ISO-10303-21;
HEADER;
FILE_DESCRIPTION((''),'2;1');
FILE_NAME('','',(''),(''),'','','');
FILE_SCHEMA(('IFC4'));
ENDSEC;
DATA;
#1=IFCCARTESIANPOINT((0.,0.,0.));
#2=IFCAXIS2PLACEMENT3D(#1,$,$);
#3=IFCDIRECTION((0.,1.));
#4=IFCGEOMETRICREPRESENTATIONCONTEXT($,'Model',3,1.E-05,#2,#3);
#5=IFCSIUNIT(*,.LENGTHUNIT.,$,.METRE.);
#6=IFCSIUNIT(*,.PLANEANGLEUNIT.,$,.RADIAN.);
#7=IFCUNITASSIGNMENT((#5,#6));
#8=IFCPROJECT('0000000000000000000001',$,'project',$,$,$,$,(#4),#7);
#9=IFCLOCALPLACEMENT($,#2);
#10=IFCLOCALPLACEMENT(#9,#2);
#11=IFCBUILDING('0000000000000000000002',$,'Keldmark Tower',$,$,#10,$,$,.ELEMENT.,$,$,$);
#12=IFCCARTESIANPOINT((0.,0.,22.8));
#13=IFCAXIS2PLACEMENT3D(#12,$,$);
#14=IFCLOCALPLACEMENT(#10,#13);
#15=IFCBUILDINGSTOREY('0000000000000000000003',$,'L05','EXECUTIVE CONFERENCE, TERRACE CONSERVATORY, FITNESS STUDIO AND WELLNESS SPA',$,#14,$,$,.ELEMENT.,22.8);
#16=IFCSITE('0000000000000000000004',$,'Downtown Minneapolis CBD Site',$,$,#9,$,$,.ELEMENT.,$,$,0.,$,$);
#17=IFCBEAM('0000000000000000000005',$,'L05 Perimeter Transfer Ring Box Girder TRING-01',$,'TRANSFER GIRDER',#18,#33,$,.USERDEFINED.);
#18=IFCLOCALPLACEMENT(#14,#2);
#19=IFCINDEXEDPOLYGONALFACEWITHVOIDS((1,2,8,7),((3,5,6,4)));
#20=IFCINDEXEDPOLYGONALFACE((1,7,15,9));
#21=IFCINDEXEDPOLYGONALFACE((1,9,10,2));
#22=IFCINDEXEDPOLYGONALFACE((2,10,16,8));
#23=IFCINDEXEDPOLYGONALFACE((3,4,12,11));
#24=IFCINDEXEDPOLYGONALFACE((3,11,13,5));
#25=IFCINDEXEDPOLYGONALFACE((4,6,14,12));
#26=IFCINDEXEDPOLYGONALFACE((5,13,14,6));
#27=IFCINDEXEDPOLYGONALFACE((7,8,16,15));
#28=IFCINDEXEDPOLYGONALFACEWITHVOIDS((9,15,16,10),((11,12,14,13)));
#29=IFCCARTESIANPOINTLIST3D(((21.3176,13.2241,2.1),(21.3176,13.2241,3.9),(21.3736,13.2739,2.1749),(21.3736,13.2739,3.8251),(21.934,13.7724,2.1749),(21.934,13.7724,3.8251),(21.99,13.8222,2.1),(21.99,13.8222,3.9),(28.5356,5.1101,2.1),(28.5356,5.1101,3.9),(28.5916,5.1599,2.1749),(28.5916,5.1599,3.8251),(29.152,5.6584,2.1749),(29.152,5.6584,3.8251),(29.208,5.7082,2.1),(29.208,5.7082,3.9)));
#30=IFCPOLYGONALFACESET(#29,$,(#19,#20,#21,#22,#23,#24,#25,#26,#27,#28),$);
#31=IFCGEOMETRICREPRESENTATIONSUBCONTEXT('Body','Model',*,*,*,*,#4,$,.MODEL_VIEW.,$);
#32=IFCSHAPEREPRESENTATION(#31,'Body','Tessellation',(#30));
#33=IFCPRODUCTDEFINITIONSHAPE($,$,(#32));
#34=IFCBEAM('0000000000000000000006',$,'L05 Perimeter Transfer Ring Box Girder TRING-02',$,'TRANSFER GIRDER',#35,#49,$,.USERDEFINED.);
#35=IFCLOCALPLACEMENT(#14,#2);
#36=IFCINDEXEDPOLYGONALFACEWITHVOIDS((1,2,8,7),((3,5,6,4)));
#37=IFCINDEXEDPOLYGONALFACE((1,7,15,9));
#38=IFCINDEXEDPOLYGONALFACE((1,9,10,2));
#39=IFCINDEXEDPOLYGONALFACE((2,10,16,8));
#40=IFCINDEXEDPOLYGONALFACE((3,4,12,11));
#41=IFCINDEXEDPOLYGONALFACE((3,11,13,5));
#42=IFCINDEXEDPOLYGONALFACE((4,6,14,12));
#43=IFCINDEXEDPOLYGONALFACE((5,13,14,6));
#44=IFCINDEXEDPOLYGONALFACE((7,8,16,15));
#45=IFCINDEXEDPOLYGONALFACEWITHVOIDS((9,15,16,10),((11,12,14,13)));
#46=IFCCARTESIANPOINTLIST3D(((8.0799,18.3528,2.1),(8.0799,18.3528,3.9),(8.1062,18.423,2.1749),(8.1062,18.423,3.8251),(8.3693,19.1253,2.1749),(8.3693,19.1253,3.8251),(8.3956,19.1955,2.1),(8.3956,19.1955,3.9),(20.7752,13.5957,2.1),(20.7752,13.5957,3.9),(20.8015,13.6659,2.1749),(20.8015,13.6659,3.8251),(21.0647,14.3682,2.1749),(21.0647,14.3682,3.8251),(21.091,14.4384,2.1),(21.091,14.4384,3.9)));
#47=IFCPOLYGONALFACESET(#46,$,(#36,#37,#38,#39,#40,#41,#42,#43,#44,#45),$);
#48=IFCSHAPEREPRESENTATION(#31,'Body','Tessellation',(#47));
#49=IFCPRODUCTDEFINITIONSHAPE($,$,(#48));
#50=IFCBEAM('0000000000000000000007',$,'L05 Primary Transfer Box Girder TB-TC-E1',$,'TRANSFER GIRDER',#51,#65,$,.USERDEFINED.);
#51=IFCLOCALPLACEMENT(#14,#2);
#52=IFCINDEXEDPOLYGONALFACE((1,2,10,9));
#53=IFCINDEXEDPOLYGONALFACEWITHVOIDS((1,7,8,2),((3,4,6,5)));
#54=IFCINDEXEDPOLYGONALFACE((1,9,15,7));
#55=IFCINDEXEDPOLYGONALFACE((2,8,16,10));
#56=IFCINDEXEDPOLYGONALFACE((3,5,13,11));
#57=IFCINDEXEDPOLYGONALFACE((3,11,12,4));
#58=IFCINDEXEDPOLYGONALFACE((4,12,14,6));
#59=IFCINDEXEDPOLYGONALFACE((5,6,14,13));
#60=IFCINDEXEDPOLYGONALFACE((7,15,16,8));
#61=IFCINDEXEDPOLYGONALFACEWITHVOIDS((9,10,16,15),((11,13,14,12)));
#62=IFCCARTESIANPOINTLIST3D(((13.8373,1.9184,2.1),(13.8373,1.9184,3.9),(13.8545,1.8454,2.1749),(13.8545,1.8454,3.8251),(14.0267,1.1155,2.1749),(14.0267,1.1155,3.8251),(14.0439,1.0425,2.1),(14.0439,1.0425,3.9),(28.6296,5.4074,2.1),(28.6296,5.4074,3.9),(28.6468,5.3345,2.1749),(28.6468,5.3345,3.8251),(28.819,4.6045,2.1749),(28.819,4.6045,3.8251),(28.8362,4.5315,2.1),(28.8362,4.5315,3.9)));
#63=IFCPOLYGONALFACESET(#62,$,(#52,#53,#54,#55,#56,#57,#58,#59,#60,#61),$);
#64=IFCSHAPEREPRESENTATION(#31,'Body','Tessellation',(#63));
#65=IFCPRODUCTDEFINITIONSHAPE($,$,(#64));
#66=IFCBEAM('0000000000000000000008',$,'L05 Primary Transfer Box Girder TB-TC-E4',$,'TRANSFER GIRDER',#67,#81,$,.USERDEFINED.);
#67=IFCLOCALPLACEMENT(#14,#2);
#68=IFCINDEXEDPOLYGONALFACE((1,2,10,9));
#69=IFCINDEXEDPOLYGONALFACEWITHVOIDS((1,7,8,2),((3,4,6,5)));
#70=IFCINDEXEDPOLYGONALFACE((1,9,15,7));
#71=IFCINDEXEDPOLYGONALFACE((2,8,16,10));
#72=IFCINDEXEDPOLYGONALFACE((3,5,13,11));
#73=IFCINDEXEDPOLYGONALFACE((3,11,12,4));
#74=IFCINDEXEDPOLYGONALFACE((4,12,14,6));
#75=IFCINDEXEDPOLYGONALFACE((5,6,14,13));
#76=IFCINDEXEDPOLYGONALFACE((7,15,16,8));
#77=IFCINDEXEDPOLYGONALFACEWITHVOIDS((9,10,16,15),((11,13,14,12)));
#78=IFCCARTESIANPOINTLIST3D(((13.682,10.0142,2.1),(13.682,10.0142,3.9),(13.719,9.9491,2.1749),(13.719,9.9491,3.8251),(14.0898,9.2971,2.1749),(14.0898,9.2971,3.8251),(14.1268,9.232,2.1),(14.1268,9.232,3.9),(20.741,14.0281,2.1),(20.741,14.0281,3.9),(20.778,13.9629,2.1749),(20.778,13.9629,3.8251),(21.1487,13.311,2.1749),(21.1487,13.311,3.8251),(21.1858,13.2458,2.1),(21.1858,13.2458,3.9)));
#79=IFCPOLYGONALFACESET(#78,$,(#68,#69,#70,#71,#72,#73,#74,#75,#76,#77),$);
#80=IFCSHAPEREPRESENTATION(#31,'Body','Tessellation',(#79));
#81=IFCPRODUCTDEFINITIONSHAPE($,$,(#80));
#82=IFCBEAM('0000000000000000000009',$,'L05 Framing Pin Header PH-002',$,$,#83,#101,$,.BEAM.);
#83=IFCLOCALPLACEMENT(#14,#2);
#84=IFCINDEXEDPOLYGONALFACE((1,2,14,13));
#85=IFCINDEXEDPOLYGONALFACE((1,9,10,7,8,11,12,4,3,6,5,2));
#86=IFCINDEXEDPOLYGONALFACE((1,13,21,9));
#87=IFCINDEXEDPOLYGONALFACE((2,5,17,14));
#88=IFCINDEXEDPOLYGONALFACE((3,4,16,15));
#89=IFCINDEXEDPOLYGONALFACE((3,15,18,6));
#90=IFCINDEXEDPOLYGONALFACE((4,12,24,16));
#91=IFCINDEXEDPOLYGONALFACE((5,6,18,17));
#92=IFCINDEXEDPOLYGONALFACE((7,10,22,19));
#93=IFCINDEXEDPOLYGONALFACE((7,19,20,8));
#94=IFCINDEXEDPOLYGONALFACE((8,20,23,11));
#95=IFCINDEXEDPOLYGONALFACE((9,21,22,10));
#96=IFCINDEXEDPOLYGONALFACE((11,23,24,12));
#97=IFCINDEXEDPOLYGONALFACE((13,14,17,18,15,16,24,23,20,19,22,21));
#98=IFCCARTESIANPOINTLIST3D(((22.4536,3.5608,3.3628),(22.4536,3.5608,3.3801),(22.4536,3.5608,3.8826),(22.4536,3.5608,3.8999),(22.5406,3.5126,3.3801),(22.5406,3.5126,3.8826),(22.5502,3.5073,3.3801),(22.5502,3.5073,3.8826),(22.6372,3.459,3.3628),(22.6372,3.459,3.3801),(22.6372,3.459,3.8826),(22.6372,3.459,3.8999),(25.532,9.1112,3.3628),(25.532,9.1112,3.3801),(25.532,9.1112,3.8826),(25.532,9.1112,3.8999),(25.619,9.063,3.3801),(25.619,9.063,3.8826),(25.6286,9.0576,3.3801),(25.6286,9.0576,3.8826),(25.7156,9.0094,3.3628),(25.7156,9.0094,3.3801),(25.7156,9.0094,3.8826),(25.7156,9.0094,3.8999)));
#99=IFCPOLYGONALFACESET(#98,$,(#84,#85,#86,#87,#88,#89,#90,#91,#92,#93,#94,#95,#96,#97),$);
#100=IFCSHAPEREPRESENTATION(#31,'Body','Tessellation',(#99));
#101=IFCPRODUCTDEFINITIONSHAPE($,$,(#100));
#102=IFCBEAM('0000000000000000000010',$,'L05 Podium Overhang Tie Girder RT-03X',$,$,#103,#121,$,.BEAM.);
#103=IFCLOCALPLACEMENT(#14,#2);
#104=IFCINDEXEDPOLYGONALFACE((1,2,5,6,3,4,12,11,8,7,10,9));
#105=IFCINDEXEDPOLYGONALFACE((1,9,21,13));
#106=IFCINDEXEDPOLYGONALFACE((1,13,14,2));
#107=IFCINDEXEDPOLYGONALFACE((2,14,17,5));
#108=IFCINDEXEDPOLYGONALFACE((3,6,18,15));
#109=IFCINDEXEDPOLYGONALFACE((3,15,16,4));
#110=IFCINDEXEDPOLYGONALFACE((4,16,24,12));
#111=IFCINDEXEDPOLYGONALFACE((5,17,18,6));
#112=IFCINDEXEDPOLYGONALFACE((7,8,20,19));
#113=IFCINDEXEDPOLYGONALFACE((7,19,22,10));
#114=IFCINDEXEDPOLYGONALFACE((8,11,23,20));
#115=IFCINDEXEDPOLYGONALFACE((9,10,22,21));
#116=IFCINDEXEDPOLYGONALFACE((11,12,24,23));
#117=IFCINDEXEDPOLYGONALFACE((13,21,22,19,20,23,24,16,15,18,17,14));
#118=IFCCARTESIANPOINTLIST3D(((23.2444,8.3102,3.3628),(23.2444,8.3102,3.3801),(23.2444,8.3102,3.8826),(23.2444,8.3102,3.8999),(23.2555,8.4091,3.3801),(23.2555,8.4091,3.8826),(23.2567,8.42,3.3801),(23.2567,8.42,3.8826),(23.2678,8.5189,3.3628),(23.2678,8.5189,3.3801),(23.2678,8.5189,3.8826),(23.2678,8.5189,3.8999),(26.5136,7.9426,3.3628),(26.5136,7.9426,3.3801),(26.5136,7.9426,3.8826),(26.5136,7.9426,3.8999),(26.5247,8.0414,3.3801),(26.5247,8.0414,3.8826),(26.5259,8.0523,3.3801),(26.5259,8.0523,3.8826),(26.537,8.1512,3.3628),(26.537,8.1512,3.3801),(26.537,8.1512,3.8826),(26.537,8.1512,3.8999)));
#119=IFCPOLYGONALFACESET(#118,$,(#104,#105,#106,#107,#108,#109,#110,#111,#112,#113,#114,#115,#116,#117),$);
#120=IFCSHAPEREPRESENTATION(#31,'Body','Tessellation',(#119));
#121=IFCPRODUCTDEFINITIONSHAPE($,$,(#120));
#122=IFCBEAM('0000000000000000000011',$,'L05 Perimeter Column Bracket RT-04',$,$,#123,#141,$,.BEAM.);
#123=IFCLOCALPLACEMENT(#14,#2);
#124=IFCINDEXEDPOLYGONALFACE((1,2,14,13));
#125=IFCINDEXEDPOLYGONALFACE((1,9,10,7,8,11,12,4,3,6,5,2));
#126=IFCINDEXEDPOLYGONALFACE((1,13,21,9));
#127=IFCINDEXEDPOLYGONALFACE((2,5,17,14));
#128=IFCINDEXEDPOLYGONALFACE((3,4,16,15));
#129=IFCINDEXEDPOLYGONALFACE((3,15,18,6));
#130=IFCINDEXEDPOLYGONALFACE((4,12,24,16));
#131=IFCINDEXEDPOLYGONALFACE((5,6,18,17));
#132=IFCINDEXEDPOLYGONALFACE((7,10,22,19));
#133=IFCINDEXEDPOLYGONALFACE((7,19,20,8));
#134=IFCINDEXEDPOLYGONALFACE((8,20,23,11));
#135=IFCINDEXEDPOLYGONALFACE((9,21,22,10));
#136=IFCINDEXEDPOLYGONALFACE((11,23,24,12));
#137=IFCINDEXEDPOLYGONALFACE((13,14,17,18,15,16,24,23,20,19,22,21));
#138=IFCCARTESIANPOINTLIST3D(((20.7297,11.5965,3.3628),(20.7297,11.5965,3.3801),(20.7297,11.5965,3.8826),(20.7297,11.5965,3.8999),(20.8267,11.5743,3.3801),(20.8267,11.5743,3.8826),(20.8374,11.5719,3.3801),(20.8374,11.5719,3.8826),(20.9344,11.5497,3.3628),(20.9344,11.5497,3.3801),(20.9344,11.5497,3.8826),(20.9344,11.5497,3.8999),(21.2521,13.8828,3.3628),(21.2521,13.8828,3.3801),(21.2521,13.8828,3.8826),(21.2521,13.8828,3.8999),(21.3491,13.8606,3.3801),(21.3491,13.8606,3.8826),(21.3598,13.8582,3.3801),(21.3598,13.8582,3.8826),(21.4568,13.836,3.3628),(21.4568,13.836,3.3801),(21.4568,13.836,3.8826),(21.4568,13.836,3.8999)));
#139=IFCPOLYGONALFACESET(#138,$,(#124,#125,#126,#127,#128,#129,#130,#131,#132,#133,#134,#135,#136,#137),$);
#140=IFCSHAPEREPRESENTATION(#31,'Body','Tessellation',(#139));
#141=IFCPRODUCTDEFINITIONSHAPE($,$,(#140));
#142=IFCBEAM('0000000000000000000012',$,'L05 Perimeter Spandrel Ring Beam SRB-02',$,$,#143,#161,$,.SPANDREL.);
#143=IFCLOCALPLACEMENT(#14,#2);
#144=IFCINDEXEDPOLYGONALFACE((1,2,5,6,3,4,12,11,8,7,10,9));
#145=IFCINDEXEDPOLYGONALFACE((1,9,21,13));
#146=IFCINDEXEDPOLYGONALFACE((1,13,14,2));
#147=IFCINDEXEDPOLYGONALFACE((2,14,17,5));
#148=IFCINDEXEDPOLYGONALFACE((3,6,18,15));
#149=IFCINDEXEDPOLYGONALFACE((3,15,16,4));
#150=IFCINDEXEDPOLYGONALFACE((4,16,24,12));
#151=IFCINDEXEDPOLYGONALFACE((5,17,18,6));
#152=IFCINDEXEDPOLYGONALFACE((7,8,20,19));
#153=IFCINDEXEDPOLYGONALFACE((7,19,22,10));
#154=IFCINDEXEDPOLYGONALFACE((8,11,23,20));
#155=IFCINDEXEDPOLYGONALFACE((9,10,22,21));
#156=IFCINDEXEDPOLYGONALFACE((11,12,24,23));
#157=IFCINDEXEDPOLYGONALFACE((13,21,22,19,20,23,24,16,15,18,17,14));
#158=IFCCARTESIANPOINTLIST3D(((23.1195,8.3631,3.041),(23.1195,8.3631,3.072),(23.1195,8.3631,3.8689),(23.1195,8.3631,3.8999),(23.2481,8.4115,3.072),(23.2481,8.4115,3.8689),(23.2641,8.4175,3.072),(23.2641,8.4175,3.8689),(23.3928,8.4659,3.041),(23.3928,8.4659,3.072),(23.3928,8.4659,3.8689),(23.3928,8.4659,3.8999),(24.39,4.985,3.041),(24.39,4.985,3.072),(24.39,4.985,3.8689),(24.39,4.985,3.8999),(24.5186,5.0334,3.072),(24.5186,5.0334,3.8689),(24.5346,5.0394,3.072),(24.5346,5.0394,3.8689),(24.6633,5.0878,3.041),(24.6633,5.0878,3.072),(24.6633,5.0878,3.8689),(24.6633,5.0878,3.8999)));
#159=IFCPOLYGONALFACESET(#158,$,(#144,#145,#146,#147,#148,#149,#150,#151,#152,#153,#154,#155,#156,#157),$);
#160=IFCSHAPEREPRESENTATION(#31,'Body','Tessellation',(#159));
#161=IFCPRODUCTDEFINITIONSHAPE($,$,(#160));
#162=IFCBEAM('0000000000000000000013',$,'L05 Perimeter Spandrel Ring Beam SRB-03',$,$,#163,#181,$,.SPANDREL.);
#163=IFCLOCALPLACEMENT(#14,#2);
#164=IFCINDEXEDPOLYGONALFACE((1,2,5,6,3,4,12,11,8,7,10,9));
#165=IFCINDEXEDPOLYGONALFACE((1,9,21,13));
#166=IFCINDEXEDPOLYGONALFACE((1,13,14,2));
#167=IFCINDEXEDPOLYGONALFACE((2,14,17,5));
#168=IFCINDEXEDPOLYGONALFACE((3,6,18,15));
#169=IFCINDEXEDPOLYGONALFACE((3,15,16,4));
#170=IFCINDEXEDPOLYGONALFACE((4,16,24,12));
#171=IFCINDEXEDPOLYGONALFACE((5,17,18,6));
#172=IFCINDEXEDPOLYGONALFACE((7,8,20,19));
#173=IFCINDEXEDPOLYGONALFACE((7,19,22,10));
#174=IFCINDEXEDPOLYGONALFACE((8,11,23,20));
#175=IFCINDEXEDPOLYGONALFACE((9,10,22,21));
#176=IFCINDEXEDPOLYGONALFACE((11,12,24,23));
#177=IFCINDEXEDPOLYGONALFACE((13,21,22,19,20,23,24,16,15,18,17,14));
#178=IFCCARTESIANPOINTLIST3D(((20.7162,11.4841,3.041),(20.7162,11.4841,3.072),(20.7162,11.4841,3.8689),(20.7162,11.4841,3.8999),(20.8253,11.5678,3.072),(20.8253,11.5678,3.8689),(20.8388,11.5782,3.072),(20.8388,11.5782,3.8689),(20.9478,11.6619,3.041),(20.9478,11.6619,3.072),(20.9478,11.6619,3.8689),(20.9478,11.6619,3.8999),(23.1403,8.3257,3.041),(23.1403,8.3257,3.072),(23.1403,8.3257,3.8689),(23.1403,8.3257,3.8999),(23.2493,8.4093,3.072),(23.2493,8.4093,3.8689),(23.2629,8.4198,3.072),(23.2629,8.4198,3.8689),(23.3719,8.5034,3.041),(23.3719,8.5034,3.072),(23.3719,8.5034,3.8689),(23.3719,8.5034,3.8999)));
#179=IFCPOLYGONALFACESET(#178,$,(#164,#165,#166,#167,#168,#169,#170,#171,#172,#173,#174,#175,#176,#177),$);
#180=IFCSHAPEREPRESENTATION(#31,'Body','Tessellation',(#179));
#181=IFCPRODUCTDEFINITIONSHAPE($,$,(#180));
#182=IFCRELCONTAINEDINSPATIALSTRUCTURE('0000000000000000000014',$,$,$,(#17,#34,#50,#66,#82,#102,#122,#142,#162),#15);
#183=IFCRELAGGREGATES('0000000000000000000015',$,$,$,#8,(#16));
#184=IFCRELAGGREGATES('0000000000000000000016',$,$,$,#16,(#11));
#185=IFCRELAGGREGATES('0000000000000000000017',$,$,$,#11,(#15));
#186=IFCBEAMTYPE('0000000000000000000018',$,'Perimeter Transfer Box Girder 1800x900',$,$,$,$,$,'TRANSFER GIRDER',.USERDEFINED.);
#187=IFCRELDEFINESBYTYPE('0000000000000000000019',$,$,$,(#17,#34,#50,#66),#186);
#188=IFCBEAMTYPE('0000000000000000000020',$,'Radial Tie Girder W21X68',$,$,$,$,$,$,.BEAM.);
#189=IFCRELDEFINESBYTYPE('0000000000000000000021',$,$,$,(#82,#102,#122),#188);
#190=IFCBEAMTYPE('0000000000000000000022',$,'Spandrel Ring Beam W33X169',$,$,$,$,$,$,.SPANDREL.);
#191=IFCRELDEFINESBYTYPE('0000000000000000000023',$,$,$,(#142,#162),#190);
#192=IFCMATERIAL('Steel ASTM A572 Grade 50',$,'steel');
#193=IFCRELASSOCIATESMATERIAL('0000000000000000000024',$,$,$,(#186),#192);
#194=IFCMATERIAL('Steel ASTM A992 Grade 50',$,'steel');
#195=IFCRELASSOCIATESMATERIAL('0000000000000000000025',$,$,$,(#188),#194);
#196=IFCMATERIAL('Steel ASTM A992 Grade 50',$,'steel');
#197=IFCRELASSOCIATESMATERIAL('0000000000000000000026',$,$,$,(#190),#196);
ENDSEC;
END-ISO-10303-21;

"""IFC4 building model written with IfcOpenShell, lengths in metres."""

from ifc_helpers import new_model, si_unit, direction, frame, origin, origin_2d, place, context, subcontext, project, spatial, hollow_rectangle, i_section, extrude, material, material_profile, profile_set, type_object, element, save


model = new_model("IFC4")

# Units and contexts
model_context = context("Model", 3, precision=1e-05, world=origin(), true_north=direction((0.0, 1.0)))
body_context = subcontext(model_context, "Body", "Model", "MODEL_VIEW")
ifc_project = project(units=[si_unit("LENGTHUNIT", "METRE"), si_unit("PLANEANGLEUNIT", "RADIAN")], contexts=[model_context])

# Site, building, storey
site_placement = place(None, origin())
site = spatial("IfcSite", under=ifc_project, at=site_placement, Name="Downtown Minneapolis CBD Site", CompositionType="ELEMENT", RefElevation=0.0)
building_placement = place(site_placement, origin())
building = spatial("IfcBuilding", under=site, at=building_placement, Name="Keldmark Tower", CompositionType="ELEMENT")
storey_placement = place(building_placement, frame((0.0, 0.0, 22.8)))
storey = spatial("IfcBuildingStorey", under=building, at=storey_placement, Name="L05", Description="EXECUTIVE CONFERENCE, TERRACE CONSERVATORY, FITNESS STUDIO AND WELLNESS SPA", CompositionType="ELEMENT", Elevation=22.8)

# Beams
ifc_material_1 = material(Name="Steel ASTM A572 Grade 50", Category="steel")
ifc_material_profile_1 = material_profile(ifc_material_1, hollow_rectangle(XDim=0.8999, YDim=1.8, WallThickness=0.075, at=origin_2d()), Name="TBOX1800X900X75")
ifc_profile_set_1 = profile_set([ifc_material_profile_1], Name="Steel ASTM A572 Grade 50")
beam_type_1 = type_object("IfcBeamType", Name="Perimeter Transfer Box Girder 1800x900", ElementType="TRANSFER GIRDER", PredefinedType="USERDEFINED", material=ifc_profile_set_1)
beam_1_placement = place(storey_placement, frame((28.8718, 5.4092, 3.0), z_axis=(-0.66465, 0.747155, 0.0), x_axis=(-0.747155, -0.66465, 0.0)))
element("IfcBeam", 1, at=beam_1_placement, inside=storey, type_object=beam_type_1, Name="L05 Perimeter Transfer Ring Box Girder TRING-01", ObjectType="TRANSFER GIRDER", PredefinedType="USERDEFINED", context=body_context, shape_type="SweptSolid", body=[
    extrude(hollow_rectangle(XDim=0.8999, YDim=1.8, WallThickness=0.075, at=origin_2d()), origin(), (0.0, 0.0, 1.0), 10.8599),
])
beam_2_placement = place(storey_placement, frame((20.9331, 14.0171, 3.0), z_axis=(-0.936418, 0.350887, 0.0), x_axis=(-0.350887, -0.936418, 0.0)))
element("IfcBeam", 2, at=beam_2_placement, inside=storey, type_object=beam_type_1, Name="L05 Perimeter Transfer Ring Box Girder TRING-02", ObjectType="TRANSFER GIRDER", PredefinedType="USERDEFINED", context=body_context, shape_type="SweptSolid", body=[
    extrude(hollow_rectangle(XDim=0.8999, YDim=1.8, WallThickness=0.075, at=origin_2d()), origin(), (0.0, 0.0, 1.0), 13.5574),
])
beam_3_placement = place(storey_placement, frame((28.7329, 4.9695, 3.0), z_axis=(-0.973293, -0.229568, 0.0), x_axis=(0.229568, -0.973293, 0.0)))
element("IfcBeam", 3, at=beam_3_placement, inside=storey, type_object=beam_type_1, Name="L05 Primary Transfer Box Girder TB-TC-E1", ObjectType="TRANSFER GIRDER", PredefinedType="USERDEFINED", context=body_context, shape_type="SweptSolid", body=[
    extrude(hollow_rectangle(XDim=0.8999, YDim=1.8, WallThickness=0.075, at=origin_2d()), origin(), (0.0, 0.0, 1.0), 15.1982),
])
beam_4_placement = place(storey_placement, frame((20.9634, 13.637, 3.0), z_axis=(-0.869294, -0.494296, 0.0), x_axis=(0.494296, -0.869294, 0.0)))
element("IfcBeam", 4, at=beam_4_placement, inside=storey, type_object=beam_type_1, Name="L05 Primary Transfer Box Girder TB-TC-E4", ObjectType="TRANSFER GIRDER", PredefinedType="USERDEFINED", context=body_context, shape_type="SweptSolid", body=[
    extrude(hollow_rectangle(XDim=0.8999, YDim=1.8, WallThickness=0.075, at=origin_2d()), origin(), (0.0, 0.0, 1.0), 8.1204),
])
ifc_material_2 = material(Name="Steel ASTM A992 Grade 50", Category="steel")
ifc_material_profile_2 = material_profile(ifc_material_2, i_section(OverallWidth=0.21, OverallDepth=0.5371, WebThickness=0.011, FlangeThickness=0.0173, at=origin_2d()), Name="W21X68")
ifc_profile_set_2 = profile_set([ifc_material_profile_2], Name="Steel ASTM A992 Grade 50")
beam_type_2 = type_object("IfcBeamType", Name="Radial Tie Girder W21X68", PredefinedType="BEAM", material=ifc_profile_set_2)
beam_5_placement = place(storey_placement, frame((25.6238, 9.0603, 3.6313), z_axis=(-0.485026, -0.8745, 0.0), x_axis=(0.8745, -0.485026, 0.0)))
element("IfcBeam", 5, at=beam_5_placement, inside=storey, type_object=beam_type_2, Name="L05 Framing Pin Header PH-002", PredefinedType="BEAM", context=body_context, shape_type="SweptSolid", body=[
    extrude(i_section(OverallWidth=0.21, OverallDepth=0.5371, WebThickness=0.011, FlangeThickness=0.0173, at=origin_2d()), origin(), (0.0, 0.0, 1.0), 6.3469),
])
beam_6_placement = place(storey_placement, frame((23.2561, 8.4146, 3.6313), z_axis=(0.993735, -0.111759, 0.0), x_axis=(0.111759, 0.993735, 0.0)))
element("IfcBeam", 6, at=beam_6_placement, inside=storey, type_object=beam_type_2, Name="L05 Podium Overhang Tie Girder RT-03X", PredefinedType="BEAM", context=body_context, shape_type="SweptSolid", body=[
    extrude(i_section(OverallWidth=0.21, OverallDepth=0.5371, WebThickness=0.011, FlangeThickness=0.0173, at=origin_2d()), origin(), (0.0, 0.0, 1.0), 3.2898),
])
beam_7_placement = place(storey_placement, frame((21.3545, 13.8594, 3.6313), z_axis=(-0.222768, -0.974871, 0.0), x_axis=(0.974871, -0.222768, 0.0)))
element("IfcBeam", 7, at=beam_7_placement, inside=storey, type_object=beam_type_2, Name="L05 Perimeter Column Bracket RT-04", PredefinedType="BEAM", context=body_context, shape_type="SweptSolid", body=[
    extrude(i_section(OverallWidth=0.21, OverallDepth=0.5371, WebThickness=0.011, FlangeThickness=0.0173, at=origin_2d()), origin(), (0.0, 0.0, 1.0), 2.3452),
])
ifc_material_3 = material(Name="Steel ASTM A992 Grade 50", Category="steel")
ifc_material_profile_3 = material_profile(ifc_material_3, i_section(OverallWidth=0.292, OverallDepth=0.8589, WebThickness=0.0171, FlangeThickness=0.031, at=origin_2d()), Name="W33X169")
ifc_profile_set_3 = profile_set([ifc_material_profile_3], Name="Steel ASTM A992 Grade 50")
beam_type_3 = type_object("IfcBeamType", Name="Spandrel Ring Beam W33X169", PredefinedType="SPANDREL", material=ifc_profile_set_3)
beam_8_placement = place(storey_placement, frame((24.5266, 5.0364, 3.4705), z_axis=(-0.35202, 0.935992, 0.0), x_axis=(-0.935992, -0.35202, 0.0)))
element("IfcBeam", 8, at=beam_8_placement, inside=storey, type_object=beam_type_3, Name="L05 Perimeter Spandrel Ring Beam SRB-02", PredefinedType="SPANDREL", context=body_context, shape_type="SweptSolid", body=[
    extrude(i_section(OverallWidth=0.292, OverallDepth=0.8589, WebThickness=0.0171, FlangeThickness=0.031, at=origin_2d()), origin(), (0.0, 0.0, 1.0), 3.6091),
])
beam_9_placement = place(storey_placement, frame((23.2561, 8.4146, 3.4705), z_axis=(-0.608842, 0.793291, 0.0), x_axis=(-0.793291, -0.608842, 0.0)))
element("IfcBeam", 9, at=beam_9_placement, inside=storey, type_object=beam_type_3, Name="L05 Perimeter Spandrel Ring Beam SRB-03", PredefinedType="SPANDREL", context=body_context, shape_type="SweptSolid", body=[
    extrude(i_section(OverallWidth=0.292, OverallDepth=0.8589, WebThickness=0.0171, FlangeThickness=0.031, at=origin_2d()), origin(), (0.0, 0.0, 1.0), 3.9814),
])

save(model, "model.ifc")
